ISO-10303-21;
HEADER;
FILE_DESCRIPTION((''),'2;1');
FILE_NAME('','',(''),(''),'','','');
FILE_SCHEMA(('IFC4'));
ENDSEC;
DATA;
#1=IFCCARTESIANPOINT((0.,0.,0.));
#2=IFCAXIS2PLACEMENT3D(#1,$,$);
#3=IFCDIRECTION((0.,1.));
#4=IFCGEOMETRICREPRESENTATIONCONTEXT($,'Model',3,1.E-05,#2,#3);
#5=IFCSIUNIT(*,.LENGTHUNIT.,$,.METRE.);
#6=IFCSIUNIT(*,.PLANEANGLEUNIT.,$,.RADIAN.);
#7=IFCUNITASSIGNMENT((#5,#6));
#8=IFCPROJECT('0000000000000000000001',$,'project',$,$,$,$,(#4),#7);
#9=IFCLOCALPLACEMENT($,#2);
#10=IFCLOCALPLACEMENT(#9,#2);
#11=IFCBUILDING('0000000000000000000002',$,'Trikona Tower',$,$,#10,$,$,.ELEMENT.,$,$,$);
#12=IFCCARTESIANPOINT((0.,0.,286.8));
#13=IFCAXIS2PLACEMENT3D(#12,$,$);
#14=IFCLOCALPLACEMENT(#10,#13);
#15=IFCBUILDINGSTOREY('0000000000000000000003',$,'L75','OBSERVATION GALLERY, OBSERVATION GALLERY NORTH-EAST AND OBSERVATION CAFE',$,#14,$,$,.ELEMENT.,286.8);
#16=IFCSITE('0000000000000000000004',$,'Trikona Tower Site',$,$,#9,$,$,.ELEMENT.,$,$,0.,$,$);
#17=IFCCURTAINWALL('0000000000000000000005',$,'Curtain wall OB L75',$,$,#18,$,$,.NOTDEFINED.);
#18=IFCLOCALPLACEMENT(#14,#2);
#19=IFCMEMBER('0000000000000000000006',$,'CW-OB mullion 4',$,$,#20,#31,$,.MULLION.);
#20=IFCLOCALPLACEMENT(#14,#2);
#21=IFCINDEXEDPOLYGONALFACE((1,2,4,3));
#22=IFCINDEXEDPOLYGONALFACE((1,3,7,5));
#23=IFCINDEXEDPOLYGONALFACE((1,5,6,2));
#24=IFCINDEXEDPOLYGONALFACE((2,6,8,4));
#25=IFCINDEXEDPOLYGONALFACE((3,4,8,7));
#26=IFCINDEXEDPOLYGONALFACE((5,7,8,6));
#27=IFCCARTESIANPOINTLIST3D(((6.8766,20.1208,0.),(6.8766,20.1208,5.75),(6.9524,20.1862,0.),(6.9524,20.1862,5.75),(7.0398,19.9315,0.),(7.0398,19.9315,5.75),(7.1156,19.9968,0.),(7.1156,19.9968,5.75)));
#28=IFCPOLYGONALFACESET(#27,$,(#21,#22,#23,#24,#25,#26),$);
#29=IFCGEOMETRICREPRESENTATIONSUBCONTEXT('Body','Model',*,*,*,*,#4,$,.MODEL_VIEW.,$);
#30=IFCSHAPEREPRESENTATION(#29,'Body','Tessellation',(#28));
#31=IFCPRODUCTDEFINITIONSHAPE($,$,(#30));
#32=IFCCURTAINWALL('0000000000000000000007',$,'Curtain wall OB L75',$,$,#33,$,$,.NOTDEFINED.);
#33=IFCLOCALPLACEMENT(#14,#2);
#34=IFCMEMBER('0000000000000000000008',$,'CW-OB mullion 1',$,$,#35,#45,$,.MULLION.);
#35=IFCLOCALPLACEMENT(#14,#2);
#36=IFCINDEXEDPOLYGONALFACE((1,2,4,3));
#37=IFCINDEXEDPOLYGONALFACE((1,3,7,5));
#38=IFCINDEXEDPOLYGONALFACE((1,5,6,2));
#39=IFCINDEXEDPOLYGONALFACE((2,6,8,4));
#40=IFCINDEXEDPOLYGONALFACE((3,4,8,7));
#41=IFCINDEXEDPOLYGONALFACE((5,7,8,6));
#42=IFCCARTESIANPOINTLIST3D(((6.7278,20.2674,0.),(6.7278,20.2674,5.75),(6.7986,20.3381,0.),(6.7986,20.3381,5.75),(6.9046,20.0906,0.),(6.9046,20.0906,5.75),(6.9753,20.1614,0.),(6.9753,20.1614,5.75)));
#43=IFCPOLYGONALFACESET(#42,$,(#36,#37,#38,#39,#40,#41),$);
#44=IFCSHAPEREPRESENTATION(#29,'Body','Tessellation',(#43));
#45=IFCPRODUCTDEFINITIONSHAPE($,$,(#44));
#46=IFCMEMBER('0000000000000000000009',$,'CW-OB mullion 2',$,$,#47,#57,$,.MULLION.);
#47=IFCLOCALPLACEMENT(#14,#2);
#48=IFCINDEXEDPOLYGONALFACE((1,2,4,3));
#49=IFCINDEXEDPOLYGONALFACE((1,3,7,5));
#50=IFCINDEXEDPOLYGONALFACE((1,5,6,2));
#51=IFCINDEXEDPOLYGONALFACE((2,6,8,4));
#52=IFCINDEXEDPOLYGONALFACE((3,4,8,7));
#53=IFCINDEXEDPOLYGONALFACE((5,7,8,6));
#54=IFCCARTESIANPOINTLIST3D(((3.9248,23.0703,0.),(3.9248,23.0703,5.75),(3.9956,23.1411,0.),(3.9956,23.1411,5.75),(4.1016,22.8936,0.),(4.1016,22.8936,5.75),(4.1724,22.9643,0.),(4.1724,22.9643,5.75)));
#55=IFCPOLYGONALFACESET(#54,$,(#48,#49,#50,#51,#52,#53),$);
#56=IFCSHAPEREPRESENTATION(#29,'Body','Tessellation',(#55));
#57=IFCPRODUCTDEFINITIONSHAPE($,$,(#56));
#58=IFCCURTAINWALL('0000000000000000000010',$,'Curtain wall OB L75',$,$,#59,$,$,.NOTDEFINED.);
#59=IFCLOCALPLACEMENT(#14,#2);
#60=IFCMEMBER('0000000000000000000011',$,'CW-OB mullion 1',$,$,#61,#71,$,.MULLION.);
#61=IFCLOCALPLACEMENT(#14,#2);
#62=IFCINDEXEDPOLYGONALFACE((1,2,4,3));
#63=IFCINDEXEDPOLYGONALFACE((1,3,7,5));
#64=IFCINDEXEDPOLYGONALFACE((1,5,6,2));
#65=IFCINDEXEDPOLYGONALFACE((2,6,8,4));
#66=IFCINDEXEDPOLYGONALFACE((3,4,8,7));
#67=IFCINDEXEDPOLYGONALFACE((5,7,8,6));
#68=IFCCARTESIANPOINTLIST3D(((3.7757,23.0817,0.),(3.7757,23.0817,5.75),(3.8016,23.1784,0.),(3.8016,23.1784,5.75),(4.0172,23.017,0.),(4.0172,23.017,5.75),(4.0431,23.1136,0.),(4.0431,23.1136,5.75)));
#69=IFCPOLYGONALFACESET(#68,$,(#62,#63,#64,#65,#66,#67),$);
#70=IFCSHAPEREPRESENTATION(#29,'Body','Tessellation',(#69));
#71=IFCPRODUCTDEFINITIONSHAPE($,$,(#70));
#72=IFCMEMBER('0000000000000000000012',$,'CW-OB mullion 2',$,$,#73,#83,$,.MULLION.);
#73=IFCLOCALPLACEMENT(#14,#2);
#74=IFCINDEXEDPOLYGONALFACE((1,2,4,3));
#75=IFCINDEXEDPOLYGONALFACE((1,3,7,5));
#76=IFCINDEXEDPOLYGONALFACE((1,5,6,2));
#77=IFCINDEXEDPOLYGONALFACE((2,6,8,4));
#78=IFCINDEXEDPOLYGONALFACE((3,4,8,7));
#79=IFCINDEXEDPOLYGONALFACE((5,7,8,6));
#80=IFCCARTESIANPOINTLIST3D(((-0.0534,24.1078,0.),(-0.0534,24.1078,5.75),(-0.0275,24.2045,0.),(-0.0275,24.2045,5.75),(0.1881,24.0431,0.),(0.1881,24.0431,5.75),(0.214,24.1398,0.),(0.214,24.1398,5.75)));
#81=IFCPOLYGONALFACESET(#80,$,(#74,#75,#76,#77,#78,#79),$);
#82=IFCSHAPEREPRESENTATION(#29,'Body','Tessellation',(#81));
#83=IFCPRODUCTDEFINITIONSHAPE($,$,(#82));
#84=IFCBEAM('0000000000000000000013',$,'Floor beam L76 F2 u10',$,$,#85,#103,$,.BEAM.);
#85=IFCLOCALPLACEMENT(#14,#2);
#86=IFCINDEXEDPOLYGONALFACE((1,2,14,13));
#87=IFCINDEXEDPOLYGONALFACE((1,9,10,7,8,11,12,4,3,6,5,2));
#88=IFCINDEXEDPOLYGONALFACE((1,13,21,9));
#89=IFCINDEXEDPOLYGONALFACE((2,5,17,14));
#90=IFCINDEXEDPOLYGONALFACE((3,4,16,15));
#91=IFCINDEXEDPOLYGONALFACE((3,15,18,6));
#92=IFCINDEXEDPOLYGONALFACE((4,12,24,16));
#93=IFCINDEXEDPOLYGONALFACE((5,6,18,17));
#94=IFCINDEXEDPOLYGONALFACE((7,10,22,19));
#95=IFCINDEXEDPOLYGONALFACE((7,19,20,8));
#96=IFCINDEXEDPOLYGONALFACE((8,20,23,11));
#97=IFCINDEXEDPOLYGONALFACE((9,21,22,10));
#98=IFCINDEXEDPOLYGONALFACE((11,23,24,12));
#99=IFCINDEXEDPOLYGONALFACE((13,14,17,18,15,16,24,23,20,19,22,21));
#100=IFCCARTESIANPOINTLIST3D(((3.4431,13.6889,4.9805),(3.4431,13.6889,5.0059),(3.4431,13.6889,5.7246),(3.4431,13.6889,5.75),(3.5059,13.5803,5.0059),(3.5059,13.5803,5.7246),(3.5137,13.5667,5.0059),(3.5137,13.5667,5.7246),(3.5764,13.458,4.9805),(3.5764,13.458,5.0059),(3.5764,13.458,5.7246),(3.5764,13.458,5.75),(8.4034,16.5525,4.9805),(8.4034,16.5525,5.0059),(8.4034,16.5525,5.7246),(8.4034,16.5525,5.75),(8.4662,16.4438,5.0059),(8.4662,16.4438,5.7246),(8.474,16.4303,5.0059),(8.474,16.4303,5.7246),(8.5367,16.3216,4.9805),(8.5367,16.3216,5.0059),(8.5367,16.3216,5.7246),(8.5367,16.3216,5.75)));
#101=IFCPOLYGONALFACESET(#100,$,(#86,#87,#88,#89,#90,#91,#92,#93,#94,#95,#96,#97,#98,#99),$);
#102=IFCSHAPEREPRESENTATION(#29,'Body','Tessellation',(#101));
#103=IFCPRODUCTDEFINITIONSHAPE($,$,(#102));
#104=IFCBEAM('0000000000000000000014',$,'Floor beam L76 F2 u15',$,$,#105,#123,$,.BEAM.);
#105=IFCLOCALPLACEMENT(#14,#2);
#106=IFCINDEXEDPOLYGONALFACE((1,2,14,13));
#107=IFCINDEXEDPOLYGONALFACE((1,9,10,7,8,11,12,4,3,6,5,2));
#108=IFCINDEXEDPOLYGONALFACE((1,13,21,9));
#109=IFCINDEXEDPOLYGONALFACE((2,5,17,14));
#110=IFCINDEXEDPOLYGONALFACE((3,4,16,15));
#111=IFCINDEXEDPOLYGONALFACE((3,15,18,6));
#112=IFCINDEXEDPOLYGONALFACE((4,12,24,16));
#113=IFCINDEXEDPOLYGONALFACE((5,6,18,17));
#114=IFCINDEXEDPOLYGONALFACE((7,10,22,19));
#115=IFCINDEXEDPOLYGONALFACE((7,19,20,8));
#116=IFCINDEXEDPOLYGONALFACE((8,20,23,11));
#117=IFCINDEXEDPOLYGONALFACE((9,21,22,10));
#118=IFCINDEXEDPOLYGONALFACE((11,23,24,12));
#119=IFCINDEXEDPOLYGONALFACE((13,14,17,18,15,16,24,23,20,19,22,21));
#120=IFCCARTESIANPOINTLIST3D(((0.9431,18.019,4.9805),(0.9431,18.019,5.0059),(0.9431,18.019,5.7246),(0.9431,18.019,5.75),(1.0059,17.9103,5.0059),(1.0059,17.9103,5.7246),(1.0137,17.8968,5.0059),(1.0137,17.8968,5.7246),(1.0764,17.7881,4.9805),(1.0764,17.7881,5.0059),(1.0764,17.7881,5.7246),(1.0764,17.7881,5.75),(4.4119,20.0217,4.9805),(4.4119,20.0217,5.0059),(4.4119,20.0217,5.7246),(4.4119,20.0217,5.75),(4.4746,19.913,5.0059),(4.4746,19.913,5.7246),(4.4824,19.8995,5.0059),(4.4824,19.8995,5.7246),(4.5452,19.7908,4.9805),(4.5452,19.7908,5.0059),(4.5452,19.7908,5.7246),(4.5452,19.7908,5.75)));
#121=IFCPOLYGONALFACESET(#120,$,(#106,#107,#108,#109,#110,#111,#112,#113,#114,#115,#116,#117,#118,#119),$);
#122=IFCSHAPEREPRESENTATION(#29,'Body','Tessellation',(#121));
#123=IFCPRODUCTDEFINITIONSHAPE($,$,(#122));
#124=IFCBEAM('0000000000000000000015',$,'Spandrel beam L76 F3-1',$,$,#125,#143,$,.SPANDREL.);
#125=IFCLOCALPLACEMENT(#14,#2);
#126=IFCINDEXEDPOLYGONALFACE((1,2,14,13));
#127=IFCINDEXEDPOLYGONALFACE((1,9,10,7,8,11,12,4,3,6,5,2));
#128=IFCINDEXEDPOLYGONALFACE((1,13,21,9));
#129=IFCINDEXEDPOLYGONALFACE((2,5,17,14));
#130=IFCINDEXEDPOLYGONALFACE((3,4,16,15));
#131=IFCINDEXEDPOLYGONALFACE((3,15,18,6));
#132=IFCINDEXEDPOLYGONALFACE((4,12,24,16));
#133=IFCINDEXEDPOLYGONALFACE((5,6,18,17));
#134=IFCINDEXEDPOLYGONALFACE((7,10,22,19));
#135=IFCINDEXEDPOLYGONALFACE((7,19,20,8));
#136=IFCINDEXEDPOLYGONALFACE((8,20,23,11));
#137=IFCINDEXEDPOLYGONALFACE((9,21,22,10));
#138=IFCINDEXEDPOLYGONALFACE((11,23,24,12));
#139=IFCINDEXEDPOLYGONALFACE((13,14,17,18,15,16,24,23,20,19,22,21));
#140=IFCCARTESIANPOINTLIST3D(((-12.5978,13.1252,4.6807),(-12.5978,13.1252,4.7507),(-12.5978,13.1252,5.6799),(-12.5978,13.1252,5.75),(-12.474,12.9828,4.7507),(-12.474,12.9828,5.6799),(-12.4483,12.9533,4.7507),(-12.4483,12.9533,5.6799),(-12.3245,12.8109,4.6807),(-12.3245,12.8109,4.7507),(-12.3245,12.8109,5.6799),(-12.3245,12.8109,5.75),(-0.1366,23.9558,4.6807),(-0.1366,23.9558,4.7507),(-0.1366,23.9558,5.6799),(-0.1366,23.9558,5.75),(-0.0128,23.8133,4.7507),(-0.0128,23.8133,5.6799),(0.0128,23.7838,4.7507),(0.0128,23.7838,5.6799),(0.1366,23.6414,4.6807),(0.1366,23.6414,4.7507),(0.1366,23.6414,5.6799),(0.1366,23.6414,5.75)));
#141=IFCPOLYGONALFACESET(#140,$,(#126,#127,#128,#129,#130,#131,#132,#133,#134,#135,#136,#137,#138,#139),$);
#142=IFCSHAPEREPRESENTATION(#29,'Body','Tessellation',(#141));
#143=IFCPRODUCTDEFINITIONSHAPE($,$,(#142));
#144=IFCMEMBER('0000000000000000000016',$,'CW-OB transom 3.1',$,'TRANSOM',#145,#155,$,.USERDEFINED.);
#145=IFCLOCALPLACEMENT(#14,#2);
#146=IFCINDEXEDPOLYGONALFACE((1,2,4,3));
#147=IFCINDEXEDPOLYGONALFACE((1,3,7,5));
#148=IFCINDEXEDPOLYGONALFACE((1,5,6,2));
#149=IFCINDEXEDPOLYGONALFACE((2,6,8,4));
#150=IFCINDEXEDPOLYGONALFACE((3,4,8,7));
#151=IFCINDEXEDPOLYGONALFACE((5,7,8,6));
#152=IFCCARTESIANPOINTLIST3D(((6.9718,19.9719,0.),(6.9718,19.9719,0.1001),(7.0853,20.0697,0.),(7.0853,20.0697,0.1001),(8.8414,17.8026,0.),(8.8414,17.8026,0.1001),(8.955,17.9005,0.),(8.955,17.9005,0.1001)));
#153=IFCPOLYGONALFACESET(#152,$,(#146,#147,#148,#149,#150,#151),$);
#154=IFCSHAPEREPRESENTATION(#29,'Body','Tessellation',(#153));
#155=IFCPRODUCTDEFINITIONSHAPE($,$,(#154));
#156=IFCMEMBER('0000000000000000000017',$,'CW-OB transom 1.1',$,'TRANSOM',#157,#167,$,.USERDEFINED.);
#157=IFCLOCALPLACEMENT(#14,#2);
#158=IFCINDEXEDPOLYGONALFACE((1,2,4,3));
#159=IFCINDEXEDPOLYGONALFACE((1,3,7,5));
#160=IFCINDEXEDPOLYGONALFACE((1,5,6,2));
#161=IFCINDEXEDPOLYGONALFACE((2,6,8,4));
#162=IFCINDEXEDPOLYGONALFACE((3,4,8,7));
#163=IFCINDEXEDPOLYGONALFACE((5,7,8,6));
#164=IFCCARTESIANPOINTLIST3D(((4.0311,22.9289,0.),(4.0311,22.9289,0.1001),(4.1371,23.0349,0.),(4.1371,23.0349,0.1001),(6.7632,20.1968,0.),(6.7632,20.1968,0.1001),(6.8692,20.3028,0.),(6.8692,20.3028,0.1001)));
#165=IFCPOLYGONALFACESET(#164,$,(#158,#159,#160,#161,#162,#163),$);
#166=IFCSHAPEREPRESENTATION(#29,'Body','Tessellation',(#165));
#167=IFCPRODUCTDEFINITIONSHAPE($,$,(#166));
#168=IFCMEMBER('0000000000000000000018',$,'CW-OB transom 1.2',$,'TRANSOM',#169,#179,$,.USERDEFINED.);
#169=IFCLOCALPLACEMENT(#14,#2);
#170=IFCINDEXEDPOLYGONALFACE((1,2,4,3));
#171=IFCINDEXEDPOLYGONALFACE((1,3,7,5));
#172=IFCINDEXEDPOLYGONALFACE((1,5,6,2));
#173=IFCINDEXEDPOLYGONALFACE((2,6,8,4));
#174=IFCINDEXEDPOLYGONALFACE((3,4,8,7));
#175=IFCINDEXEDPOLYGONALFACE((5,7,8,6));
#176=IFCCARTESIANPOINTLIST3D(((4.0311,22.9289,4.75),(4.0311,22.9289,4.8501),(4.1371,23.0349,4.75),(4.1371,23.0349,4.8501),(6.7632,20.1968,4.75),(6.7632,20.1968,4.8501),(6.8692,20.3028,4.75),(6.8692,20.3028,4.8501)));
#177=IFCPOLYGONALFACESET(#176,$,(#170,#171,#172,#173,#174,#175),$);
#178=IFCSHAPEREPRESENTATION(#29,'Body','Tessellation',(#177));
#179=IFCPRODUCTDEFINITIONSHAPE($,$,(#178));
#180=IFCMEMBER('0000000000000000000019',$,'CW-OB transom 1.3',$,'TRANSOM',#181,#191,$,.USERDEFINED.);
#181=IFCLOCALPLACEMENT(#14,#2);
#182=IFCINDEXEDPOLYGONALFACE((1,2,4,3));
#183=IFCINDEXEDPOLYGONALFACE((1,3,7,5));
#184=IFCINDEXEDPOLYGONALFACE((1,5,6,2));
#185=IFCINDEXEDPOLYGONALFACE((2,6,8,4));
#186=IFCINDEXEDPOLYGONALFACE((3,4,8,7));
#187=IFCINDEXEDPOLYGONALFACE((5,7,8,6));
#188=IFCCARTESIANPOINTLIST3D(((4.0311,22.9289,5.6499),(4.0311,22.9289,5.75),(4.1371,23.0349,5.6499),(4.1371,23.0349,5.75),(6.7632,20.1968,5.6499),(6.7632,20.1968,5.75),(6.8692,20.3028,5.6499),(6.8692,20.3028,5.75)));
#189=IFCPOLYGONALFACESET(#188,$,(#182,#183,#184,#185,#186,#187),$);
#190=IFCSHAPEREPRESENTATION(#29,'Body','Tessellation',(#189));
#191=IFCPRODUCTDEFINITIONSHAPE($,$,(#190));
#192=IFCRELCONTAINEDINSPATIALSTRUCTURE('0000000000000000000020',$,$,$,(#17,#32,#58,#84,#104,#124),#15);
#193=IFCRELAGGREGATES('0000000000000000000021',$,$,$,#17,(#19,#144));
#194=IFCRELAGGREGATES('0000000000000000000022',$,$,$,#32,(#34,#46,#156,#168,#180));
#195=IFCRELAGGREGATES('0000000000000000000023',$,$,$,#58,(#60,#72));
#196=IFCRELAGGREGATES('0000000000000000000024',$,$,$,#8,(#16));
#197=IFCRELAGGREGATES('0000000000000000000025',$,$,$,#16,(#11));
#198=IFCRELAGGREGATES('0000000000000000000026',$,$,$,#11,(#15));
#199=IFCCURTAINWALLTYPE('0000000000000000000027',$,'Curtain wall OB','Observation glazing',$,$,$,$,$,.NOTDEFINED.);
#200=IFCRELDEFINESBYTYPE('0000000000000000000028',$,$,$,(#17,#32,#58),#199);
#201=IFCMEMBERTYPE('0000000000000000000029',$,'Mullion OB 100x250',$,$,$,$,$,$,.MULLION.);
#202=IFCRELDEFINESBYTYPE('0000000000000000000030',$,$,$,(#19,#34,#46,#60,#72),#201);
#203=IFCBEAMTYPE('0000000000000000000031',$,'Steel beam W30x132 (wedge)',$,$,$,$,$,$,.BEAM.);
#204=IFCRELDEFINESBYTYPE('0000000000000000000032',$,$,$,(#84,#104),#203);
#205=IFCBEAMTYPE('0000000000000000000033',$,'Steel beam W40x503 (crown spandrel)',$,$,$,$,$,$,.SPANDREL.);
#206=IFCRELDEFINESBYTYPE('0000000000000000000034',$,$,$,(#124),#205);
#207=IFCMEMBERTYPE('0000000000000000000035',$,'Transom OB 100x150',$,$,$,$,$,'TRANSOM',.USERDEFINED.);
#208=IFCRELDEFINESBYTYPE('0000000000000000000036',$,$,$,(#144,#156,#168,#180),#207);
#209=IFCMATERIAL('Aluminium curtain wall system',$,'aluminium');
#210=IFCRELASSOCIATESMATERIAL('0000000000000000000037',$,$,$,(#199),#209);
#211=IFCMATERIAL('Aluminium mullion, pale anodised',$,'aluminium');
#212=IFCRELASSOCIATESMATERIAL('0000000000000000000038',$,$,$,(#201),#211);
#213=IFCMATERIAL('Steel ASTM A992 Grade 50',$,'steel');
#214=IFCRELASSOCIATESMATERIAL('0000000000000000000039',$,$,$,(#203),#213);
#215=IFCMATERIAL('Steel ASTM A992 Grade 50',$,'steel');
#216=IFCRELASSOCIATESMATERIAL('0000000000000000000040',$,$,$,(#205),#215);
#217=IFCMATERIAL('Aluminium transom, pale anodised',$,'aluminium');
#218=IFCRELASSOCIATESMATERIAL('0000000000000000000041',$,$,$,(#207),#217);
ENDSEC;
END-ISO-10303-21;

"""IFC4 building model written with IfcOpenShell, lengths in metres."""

from ifc_helpers import new_model, si_unit, direction, frame, origin, origin_2d, place, context, subcontext, project, spatial, rectangle, i_section, extrude, material, material_profile, profile_set, type_object, element, aggregate, save


model = new_model("IFC4")

# Units and contexts
model_context = context("Model", 3, precision=1e-05, world=origin(), true_north=direction((0.0, 1.0)))
body_context = subcontext(model_context, "Body", "Model", "MODEL_VIEW")
ifc_project = project(units=[si_unit("LENGTHUNIT", "METRE"), si_unit("PLANEANGLEUNIT", "RADIAN")], contexts=[model_context])

# Site, building, storey
site_placement = place(None, origin())
site = spatial("IfcSite", under=ifc_project, at=site_placement, Name="Trikona Tower Site", CompositionType="ELEMENT", RefElevation=0.0)
building_placement = place(site_placement, origin())
building = spatial("IfcBuilding", under=site, at=building_placement, Name="Trikona Tower", CompositionType="ELEMENT")
storey_placement = place(building_placement, frame((0.0, 0.0, 286.8)))
storey = spatial("IfcBuildingStorey", under=building, at=storey_placement, Name="L75", Description="OBSERVATION GALLERY, OBSERVATION GALLERY NORTH-EAST AND OBSERVATION CAFE", CompositionType="ELEMENT", Elevation=286.8)

# Curtain wall, member
ifc_material_1 = material(Name="Aluminium curtain wall system", Category="aluminium")
curtain_wall_type = type_object("IfcCurtainWallType", Name="Curtain wall OB", Description="Observation glazing", PredefinedType="NOTDEFINED", material=ifc_material_1)
curtain_wall_1_placement = place(storey_placement, origin())
curtain_wall_1 = element("IfcCurtainWall", 1, at=curtain_wall_1_placement, inside=storey, type_object=curtain_wall_type, Name="Curtain wall OB L75", PredefinedType="NOTDEFINED")
ifc_material_2 = material(Name="Aluminium mullion, pale anodised", Category="aluminium")
ifc_material_profile_1 = material_profile(ifc_material_2, rectangle(XDim=0.1001, YDim=0.25, at=origin_2d()), Name="MUL-OB")
ifc_profile_set_1 = profile_set([ifc_material_profile_1], Name="Aluminium mullion, pale anodised")
member_type_1 = type_object("IfcMemberType", Name="Mullion OB 100x250", PredefinedType="MULLION", material=ifc_profile_set_1)
member_1_placement = place(storey_placement, frame((6.9961, 20.0588, 0.0), z_axis=(0.0, 0.0, 1.0), x_axis=(-0.757475, -0.652864, 0.0)))
member_1 = element("IfcMember", 2, at=member_1_placement, type_object=member_type_1, Name="CW-OB mullion 4", PredefinedType="MULLION", context=body_context, shape_type="SweptSolid", body=[
    extrude(rectangle(XDim=0.1001, YDim=0.25, at=origin_2d()), origin(), (0.0, 0.0, 1.0), 5.75),
])

# Curtain walls, members
curtain_wall_2_placement = place(storey_placement, origin())
curtain_wall_2 = element("IfcCurtainWall", 3, at=curtain_wall_2_placement, inside=storey, type_object=curtain_wall_type, Name="Curtain wall OB L75", PredefinedType="NOTDEFINED")
member_2_placement = place(storey_placement, frame((6.8516, 20.2144, 0.0), z_axis=(0.0, 0.0, 1.0), x_axis=(-0.707107, -0.707107, 0.0)))
member_2 = element("IfcMember", 4, at=member_2_placement, type_object=member_type_1, Name="CW-OB mullion 1", PredefinedType="MULLION", context=body_context, shape_type="SweptSolid", body=[
    extrude(rectangle(XDim=0.1001, YDim=0.25, at=origin_2d()), origin(), (0.0, 0.0, 1.0), 5.75),
])
member_3_placement = place(storey_placement, frame((4.0486, 23.0173, 0.0), z_axis=(0.0, 0.0, 1.0), x_axis=(-0.707107, -0.707107, 0.0)))
member_3 = element("IfcMember", 5, at=member_3_placement, type_object=member_type_1, Name="CW-OB mullion 2", PredefinedType="MULLION", context=body_context, shape_type="SweptSolid", body=[
    extrude(rectangle(XDim=0.1001, YDim=0.25, at=origin_2d()), origin(), (0.0, 0.0, 1.0), 5.75),
])
curtain_wall_3_placement = place(storey_placement, origin())
curtain_wall_3 = element("IfcCurtainWall", 6, at=curtain_wall_3_placement, inside=storey, type_object=curtain_wall_type, Name="Curtain wall OB L75", PredefinedType="NOTDEFINED")
member_4_placement = place(storey_placement, frame((3.9094, 23.0977, 0.0), z_axis=(0.0, 0.0, 1.0), x_axis=(-0.258828, -0.965923, 0.0)))
member_4 = element("IfcMember", 7, at=member_4_placement, type_object=member_type_1, Name="CW-OB mullion 1", PredefinedType="MULLION", context=body_context, shape_type="SweptSolid", body=[
    extrude(rectangle(XDim=0.1001, YDim=0.25, at=origin_2d()), origin(), (0.0, 0.0, 1.0), 5.75),
])
member_5_placement = place(storey_placement, frame((0.0803, 24.1238, 0.0), z_axis=(0.0, 0.0, 1.0), x_axis=(-0.258828, -0.965923, 0.0)))
member_5 = element("IfcMember", 8, at=member_5_placement, type_object=member_type_1, Name="CW-OB mullion 2", PredefinedType="MULLION", context=body_context, shape_type="SweptSolid", body=[
    extrude(rectangle(XDim=0.1001, YDim=0.25, at=origin_2d()), origin(), (0.0, 0.0, 1.0), 5.75),
])

# Beams
ifc_material_3 = material(Name="Steel ASTM A992 Grade 50", Category="steel")
ifc_material_profile_2 = material_profile(ifc_material_3, i_section(OverallWidth=0.2666, OverallDepth=0.7695, WebThickness=0.0156, FlangeThickness=0.0254, at=origin_2d()), Name="W30X132")
ifc_profile_set_2 = profile_set([ifc_material_profile_2], Name="Steel ASTM A992 Grade 50")
beam_type_1 = type_object("IfcBeamType", Name="Steel beam W30x132 (wedge)", PredefinedType="BEAM", material=ifc_profile_set_2)
beam_1_placement = place(storey_placement, frame((3.5098, 13.5735, 5.3652), z_axis=(0.866044, 0.499967, 0.0), x_axis=(-0.499967, 0.866044, 0.0)))
element("IfcBeam", 9, at=beam_1_placement, inside=storey, type_object=beam_type_1, Name="Floor beam L76 F2 u10", PredefinedType="BEAM", context=body_context, shape_type="SweptSolid", body=[
    extrude(i_section(OverallWidth=0.2666, OverallDepth=0.7695, WebThickness=0.0156, FlangeThickness=0.0254, at=origin_2d()), origin(), (0.0, 0.0, 1.0), 5.7275),
])
beam_2_placement = place(storey_placement, frame((1.0098, 17.9036, 5.3652), z_axis=(0.866025, 0.5, 0.0), x_axis=(-0.5, 0.866025, 0.0)))
element("IfcBeam", 10, at=beam_2_placement, inside=storey, type_object=beam_type_1, Name="Floor beam L76 F2 u15", PredefinedType="BEAM", context=body_context, shape_type="SweptSolid", body=[
    extrude(i_section(OverallWidth=0.2666, OverallDepth=0.7695, WebThickness=0.0156, FlangeThickness=0.0254, at=origin_2d()), origin(), (0.0, 0.0, 1.0), 4.0054),
])
ifc_material_4 = material(Name="Steel ASTM A992 Grade 50", Category="steel")
ifc_material_profile_3 = material_profile(ifc_material_4, i_section(OverallWidth=0.4165, OverallDepth=1.0693, WebThickness=0.0391, FlangeThickness=0.0701, at=origin_2d()), Name="W40X503")
ifc_profile_set_3 = profile_set([ifc_material_profile_3], Name="Steel ASTM A992 Grade 50")
beam_type_2 = type_object("IfcBeamType", Name="Steel beam W40x503 (crown spandrel)", PredefinedType="SPANDREL", material=ifc_profile_set_3)
beam_3_placement = place(storey_placement, frame((0.0, 23.7986, 5.2153), z_axis=(-0.754763, -0.655998, 0.0), x_axis=(0.655998, -0.754763, 0.0)))
element("IfcBeam", 11, at=beam_3_placement, inside=storey, type_object=beam_type_2, Name="Spandrel beam L76 F3-1", PredefinedType="SPANDREL", context=body_context, shape_type="SweptSolid", body=[
    extrude(i_section(OverallWidth=0.4165, OverallDepth=1.0693, WebThickness=0.0391, FlangeThickness=0.0701, at=origin_2d()), origin(), (0.0, 0.0, 1.0), 16.51),
])

# Members
ifc_material_5 = material(Name="Aluminium transom, pale anodised", Category="aluminium")
ifc_material_profile_4 = material_profile(ifc_material_5, rectangle(XDim=0.1499, YDim=0.1001, at=origin_2d()), Name="TRN-OB")
ifc_profile_set_4 = profile_set([ifc_material_profile_4], Name="Aluminium transom, pale anodised")
member_type_2 = type_object("IfcMemberType", Name="Transom OB 100x150", ElementType="TRANSOM", PredefinedType="USERDEFINED", material=ifc_profile_set_4)
member_6_placement = place(storey_placement, frame((8.8982, 17.8516, 0.05), z_axis=(-0.652867, 0.757472, 0.0), x_axis=(-0.757472, -0.652867, 0.0)))
member_6 = element("IfcMember", 12, at=member_6_placement, type_object=member_type_2, Name="CW-OB transom 3.1", ObjectType="TRANSOM", PredefinedType="USERDEFINED", context=body_context, shape_type="SweptSolid", body=[
    extrude(rectangle(XDim=0.1499, YDim=0.1001, at=origin_2d()), origin(), (0.0, 0.0, 1.0), 2.8638),
])
member_7_placement = place(storey_placement, frame((6.8162, 20.2498, 0.05), z_axis=(-0.707107, 0.707107, 0.0), x_axis=(-0.707107, -0.707107, 0.0)))
member_7 = element("IfcMember", 13, at=member_7_placement, type_object=member_type_2, Name="CW-OB transom 1.1", ObjectType="TRANSOM", PredefinedType="USERDEFINED", context=body_context, shape_type="SweptSolid", body=[
    extrude(rectangle(XDim=0.1499, YDim=0.1001, at=origin_2d()), origin(), (0.0, 0.0, 1.0), 3.8638),
])
member_8_placement = place(storey_placement, frame((6.8162, 20.2498, 4.8), z_axis=(-0.707107, 0.707107, 0.0), x_axis=(-0.707107, -0.707107, 0.0)))
member_8 = element("IfcMember", 14, at=member_8_placement, type_object=member_type_2, Name="CW-OB transom 1.2", ObjectType="TRANSOM", PredefinedType="USERDEFINED", context=body_context, shape_type="SweptSolid", body=[
    extrude(rectangle(XDim=0.1499, YDim=0.1001, at=origin_2d()), origin(), (0.0, 0.0, 1.0), 3.8638),
])
member_9_placement = place(storey_placement, frame((6.8162, 20.2498, 5.7), z_axis=(-0.707107, 0.707107, 0.0), x_axis=(-0.707107, -0.707107, 0.0)))
member_9 = element("IfcMember", 15, at=member_9_placement, type_object=member_type_2, Name="CW-OB transom 1.3", ObjectType="TRANSOM", PredefinedType="USERDEFINED", context=body_context, shape_type="SweptSolid", body=[
    extrude(rectangle(XDim=0.1499, YDim=0.1001, at=origin_2d()), origin(), (0.0, 0.0, 1.0), 3.8638),
])

aggregate(curtain_wall_1, [member_1, member_6])
aggregate(curtain_wall_2, [member_2, member_3, member_7, member_8, member_9])
aggregate(curtain_wall_3, [member_4, member_5])

save(model, "model.ifc")
